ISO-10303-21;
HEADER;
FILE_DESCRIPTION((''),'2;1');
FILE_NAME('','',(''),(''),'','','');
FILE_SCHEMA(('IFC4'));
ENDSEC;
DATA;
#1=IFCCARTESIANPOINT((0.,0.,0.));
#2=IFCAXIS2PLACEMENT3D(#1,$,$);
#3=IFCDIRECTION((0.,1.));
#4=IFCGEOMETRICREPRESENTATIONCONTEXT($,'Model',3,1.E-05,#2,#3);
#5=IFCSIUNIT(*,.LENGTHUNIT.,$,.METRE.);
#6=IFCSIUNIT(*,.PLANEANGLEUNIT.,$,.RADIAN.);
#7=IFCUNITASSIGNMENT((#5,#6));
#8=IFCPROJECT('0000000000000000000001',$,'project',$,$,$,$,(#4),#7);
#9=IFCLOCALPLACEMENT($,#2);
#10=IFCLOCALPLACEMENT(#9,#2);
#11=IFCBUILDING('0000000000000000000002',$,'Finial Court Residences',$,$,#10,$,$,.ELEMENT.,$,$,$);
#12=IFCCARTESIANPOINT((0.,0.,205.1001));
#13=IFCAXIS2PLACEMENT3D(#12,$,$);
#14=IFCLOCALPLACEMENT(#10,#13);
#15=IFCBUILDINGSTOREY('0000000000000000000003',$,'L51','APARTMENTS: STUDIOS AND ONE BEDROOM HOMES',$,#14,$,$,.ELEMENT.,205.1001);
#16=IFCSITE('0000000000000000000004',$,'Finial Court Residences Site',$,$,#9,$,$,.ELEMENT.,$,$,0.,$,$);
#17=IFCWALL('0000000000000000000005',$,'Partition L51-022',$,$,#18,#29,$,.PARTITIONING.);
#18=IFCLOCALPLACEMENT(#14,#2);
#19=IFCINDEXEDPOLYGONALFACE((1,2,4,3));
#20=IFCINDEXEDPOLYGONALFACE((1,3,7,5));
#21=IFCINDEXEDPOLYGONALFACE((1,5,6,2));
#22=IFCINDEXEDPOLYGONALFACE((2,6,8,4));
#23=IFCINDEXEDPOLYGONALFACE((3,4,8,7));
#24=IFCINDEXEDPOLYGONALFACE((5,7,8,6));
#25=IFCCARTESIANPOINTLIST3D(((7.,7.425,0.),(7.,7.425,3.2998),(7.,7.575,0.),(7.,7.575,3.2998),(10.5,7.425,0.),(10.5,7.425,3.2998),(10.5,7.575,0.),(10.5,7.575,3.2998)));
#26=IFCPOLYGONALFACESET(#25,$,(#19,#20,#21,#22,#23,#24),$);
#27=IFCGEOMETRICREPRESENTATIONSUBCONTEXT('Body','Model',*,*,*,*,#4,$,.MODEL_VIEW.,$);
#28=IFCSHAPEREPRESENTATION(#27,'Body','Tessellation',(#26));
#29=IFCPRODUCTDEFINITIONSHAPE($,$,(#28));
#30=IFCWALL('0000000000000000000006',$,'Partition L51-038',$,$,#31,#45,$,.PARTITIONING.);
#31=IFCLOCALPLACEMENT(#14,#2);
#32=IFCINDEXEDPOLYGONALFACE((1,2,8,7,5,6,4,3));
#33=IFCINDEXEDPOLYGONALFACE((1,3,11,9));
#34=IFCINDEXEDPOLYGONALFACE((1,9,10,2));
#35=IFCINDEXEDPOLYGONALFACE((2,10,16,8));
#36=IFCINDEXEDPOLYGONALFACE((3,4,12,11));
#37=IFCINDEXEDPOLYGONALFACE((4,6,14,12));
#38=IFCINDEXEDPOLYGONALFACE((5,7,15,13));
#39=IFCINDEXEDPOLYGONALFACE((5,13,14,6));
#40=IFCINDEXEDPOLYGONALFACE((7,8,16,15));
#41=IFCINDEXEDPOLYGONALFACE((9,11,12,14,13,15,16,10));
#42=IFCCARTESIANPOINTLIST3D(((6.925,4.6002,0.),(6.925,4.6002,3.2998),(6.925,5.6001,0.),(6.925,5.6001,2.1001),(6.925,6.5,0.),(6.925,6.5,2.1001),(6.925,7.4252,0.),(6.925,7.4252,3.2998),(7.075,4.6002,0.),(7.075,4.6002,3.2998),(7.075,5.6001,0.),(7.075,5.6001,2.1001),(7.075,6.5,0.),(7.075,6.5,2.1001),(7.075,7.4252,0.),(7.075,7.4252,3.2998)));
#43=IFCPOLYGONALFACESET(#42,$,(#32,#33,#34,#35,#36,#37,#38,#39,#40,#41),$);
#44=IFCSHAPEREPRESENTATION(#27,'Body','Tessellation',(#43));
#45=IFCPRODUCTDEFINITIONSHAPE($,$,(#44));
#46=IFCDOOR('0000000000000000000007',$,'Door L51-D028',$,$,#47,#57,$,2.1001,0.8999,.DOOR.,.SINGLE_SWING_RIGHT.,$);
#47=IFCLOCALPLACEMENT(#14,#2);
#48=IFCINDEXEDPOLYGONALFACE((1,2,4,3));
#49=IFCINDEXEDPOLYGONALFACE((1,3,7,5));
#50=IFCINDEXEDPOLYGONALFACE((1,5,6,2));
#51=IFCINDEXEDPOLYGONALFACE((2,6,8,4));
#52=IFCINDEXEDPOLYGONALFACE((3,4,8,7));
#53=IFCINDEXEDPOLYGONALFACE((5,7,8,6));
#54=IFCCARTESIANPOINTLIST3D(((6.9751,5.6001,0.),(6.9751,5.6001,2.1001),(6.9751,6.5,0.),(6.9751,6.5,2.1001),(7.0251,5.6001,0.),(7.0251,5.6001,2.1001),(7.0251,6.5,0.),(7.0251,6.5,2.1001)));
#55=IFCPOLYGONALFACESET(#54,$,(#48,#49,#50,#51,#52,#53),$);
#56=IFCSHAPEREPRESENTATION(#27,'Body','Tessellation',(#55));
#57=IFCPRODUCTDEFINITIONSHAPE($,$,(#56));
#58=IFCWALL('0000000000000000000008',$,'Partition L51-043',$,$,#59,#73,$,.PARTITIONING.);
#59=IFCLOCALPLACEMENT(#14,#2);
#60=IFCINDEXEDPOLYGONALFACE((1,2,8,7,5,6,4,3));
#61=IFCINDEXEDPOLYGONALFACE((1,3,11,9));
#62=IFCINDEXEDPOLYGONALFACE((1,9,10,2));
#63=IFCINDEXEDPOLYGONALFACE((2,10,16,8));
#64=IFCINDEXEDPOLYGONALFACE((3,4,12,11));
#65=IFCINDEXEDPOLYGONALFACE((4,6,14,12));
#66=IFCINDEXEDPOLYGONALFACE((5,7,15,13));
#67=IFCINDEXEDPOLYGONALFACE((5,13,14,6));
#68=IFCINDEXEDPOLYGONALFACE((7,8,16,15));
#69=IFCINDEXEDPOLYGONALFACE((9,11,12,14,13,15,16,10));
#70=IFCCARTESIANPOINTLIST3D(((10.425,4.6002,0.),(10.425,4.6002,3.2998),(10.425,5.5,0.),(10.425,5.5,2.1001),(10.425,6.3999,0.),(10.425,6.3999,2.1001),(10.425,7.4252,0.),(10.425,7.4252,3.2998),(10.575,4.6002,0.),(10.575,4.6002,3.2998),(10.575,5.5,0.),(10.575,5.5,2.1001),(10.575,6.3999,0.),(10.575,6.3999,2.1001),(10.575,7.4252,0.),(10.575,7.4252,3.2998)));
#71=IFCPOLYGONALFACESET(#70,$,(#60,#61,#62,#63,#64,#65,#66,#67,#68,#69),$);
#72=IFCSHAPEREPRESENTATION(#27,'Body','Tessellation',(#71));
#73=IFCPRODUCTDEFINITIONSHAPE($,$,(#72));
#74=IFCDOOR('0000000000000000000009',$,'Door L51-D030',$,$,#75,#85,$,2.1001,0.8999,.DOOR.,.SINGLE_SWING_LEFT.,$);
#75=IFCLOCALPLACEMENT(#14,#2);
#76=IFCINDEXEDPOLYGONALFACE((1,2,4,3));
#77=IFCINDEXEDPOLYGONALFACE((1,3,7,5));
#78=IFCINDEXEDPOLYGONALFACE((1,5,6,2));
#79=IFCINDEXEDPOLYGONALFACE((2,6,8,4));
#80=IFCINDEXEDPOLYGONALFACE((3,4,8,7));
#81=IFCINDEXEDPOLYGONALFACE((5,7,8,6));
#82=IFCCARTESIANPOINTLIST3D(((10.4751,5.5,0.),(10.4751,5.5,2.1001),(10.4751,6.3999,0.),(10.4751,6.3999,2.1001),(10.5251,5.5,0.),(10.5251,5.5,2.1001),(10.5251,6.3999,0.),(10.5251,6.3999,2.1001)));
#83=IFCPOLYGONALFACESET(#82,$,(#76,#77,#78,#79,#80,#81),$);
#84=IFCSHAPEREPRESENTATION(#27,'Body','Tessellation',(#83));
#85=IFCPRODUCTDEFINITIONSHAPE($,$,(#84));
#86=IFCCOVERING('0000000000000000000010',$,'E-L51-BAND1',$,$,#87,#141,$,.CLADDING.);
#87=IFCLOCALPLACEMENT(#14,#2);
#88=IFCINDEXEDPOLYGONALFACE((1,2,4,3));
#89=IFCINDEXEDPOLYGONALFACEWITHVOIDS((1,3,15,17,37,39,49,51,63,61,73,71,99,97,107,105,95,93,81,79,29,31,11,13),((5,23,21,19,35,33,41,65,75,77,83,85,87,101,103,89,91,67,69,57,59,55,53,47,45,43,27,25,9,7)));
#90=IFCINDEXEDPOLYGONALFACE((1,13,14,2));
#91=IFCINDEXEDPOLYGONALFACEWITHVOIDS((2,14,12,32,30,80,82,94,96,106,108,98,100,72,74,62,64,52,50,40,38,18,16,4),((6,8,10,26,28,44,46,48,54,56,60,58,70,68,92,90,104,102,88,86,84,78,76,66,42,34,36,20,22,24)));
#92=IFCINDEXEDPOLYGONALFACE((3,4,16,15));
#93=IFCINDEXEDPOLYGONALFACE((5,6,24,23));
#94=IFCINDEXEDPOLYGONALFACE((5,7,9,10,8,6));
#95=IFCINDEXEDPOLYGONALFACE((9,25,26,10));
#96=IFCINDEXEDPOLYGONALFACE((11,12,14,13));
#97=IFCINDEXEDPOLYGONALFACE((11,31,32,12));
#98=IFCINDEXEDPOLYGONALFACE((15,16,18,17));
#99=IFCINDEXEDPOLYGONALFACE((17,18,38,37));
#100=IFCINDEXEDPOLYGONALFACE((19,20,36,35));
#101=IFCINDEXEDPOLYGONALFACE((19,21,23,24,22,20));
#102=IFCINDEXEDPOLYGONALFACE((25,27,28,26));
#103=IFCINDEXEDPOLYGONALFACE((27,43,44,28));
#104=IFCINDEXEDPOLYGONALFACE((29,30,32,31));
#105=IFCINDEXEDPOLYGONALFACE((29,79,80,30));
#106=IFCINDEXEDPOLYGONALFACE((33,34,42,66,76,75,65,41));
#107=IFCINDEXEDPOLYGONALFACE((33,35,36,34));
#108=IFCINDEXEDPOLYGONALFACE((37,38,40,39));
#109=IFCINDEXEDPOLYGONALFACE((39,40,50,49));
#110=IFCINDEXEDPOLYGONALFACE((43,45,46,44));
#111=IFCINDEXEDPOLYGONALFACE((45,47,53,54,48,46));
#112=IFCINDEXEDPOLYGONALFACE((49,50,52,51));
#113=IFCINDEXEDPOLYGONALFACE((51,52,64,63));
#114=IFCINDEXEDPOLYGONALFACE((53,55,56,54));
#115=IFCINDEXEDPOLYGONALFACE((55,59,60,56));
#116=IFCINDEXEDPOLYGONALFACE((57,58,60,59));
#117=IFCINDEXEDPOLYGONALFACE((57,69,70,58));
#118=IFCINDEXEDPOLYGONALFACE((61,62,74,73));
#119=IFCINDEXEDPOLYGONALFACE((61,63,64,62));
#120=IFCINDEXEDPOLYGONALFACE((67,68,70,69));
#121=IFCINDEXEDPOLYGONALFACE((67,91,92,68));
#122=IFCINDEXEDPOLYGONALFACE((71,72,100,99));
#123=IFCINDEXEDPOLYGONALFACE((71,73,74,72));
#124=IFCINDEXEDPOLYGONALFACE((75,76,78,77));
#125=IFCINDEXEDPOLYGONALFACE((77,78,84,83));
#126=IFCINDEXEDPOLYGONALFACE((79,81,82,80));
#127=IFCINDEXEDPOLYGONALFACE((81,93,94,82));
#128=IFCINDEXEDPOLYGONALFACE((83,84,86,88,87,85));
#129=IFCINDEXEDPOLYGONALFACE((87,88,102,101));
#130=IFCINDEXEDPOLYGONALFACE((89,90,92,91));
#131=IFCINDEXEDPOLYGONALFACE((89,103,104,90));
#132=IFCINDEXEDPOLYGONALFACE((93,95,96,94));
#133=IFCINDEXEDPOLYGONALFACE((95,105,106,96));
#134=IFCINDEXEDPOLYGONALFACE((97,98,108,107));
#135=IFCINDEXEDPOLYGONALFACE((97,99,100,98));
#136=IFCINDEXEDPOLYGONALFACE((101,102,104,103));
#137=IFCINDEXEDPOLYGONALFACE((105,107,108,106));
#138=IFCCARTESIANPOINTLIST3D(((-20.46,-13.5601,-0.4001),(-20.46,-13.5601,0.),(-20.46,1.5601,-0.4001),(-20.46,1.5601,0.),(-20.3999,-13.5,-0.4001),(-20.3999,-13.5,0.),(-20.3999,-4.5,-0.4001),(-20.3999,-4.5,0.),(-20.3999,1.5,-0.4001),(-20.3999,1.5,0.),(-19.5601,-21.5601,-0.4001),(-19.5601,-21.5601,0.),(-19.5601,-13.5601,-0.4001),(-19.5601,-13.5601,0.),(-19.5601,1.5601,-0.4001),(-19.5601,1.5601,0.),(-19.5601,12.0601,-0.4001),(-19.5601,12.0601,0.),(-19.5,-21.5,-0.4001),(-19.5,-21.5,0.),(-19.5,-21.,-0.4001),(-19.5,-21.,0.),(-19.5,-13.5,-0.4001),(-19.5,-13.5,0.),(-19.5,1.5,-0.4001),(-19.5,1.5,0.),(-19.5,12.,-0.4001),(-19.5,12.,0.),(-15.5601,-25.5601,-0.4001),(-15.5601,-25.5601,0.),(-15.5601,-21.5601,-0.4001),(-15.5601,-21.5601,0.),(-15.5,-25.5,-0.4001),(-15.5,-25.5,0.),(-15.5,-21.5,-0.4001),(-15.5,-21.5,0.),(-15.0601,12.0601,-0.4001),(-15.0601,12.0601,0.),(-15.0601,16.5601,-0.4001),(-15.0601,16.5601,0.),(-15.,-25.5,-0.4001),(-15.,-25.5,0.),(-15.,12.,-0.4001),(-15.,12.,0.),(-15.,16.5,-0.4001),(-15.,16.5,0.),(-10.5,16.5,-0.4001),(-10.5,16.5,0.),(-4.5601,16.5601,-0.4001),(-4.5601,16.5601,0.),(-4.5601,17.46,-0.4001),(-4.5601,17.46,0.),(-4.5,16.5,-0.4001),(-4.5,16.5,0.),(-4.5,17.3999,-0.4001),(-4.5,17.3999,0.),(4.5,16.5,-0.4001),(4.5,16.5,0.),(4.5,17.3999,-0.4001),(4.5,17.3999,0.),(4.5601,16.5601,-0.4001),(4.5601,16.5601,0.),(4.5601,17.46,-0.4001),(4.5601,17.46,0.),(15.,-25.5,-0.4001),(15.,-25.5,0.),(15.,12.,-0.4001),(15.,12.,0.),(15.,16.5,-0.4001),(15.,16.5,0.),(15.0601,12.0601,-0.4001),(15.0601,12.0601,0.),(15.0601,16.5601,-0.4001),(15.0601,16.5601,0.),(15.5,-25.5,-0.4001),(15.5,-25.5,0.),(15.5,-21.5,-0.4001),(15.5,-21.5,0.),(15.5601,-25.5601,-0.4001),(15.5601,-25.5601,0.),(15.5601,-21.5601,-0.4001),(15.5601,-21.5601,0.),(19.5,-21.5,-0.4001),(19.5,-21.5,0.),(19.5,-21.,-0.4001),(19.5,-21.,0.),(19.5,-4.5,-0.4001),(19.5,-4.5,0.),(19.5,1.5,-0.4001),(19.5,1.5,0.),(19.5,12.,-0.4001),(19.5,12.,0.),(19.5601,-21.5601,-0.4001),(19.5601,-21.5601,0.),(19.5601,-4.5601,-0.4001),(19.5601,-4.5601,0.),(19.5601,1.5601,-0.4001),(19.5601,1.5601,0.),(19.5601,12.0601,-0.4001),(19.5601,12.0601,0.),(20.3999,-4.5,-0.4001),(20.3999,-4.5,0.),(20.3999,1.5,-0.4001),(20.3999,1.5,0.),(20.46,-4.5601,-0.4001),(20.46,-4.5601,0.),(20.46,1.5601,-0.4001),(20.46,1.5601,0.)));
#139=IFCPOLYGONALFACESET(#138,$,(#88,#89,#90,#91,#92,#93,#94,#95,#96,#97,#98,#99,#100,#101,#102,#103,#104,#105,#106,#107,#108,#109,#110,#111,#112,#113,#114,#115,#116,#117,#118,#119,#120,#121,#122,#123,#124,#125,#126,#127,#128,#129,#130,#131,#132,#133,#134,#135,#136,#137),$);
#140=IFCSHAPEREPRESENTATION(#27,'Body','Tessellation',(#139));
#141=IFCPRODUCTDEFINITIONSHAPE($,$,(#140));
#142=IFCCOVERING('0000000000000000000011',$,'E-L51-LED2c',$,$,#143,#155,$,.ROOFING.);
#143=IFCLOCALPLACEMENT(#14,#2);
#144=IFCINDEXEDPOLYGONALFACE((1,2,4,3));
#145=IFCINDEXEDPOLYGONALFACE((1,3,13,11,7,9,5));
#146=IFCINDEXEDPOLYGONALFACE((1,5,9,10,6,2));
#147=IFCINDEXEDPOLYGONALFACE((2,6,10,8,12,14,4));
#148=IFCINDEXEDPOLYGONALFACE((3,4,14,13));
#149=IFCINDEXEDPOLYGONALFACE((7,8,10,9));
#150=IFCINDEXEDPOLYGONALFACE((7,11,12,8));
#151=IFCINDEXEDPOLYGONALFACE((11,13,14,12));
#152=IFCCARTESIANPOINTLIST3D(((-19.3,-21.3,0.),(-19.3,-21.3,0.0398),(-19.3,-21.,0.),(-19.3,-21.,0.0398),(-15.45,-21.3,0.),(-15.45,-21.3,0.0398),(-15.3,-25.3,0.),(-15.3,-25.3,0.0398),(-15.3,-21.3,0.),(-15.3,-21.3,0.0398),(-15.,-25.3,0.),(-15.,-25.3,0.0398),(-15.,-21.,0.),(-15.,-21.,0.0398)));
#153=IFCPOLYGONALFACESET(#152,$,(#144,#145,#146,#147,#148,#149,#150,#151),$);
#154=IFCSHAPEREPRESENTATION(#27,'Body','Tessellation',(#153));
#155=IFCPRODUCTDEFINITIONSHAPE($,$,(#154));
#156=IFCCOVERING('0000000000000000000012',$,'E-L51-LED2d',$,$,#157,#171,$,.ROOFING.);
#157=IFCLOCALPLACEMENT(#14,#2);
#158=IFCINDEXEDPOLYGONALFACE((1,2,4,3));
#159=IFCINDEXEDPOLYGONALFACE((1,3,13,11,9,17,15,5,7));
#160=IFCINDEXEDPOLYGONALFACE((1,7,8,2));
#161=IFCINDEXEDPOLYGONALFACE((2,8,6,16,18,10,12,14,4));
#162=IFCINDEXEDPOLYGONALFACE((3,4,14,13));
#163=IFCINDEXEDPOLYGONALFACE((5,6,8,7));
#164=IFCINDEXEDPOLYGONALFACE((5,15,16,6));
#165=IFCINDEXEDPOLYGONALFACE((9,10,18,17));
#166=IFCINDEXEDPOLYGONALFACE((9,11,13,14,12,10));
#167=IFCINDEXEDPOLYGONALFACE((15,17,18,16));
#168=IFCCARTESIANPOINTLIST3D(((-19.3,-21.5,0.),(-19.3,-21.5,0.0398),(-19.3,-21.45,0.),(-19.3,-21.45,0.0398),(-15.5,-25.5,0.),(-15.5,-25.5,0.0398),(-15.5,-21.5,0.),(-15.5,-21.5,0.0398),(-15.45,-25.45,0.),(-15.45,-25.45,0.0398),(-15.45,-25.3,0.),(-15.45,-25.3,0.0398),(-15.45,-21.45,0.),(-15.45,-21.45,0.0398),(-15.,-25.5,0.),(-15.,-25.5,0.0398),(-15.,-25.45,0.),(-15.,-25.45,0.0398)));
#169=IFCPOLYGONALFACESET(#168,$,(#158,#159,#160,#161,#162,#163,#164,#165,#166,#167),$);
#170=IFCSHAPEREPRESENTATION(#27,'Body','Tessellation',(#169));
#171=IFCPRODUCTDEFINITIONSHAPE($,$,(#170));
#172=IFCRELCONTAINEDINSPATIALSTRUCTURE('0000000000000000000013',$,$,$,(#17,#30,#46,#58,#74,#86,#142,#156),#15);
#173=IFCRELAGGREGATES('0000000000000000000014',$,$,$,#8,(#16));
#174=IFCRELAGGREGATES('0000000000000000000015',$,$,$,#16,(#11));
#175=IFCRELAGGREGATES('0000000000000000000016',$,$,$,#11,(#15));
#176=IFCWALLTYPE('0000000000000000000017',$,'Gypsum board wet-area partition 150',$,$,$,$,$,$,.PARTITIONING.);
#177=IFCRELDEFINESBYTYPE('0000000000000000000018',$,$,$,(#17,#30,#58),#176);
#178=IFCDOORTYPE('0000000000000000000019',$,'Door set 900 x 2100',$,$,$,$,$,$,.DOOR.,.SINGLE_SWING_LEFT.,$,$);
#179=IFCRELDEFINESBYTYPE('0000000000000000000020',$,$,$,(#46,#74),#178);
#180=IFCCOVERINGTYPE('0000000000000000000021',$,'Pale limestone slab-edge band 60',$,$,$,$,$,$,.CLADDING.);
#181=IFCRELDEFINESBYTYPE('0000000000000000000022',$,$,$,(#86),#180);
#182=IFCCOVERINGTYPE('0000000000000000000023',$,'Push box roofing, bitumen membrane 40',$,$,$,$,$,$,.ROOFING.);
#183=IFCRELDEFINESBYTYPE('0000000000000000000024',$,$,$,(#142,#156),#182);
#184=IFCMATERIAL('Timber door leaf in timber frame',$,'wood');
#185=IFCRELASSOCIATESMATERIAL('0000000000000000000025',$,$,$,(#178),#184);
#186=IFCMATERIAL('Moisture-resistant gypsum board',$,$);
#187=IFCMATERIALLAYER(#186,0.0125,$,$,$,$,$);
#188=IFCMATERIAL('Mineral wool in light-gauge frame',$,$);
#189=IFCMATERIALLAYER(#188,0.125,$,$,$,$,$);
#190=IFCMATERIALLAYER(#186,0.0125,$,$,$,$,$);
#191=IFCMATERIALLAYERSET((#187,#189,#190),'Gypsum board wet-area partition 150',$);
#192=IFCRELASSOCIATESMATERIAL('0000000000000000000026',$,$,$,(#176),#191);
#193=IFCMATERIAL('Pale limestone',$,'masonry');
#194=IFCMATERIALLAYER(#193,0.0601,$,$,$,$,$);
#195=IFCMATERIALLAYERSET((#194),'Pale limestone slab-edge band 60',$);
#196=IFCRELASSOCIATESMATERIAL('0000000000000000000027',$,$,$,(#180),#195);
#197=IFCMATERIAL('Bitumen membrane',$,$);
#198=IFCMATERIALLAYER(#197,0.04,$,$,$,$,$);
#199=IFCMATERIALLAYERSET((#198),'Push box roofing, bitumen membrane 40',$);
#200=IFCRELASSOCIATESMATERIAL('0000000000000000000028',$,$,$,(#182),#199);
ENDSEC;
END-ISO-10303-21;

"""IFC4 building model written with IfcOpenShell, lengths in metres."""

from ifc_helpers import new_model, si_unit, direction, frame, frame_2d, origin, place, context, subcontext, project, spatial, polyline, rectangle, outline, extrude, material, layer, layer_set, type_object, element, fill, save


model = new_model("IFC4")

# Units and contexts
model_context = context("Model", 3, precision=1e-05, world=origin(), true_north=direction((0.0, 1.0)))
body_context = subcontext(model_context, "Body", "Model", "MODEL_VIEW")
ifc_project = project(units=[si_unit("LENGTHUNIT", "METRE"), si_unit("PLANEANGLEUNIT", "RADIAN")], contexts=[model_context])

# Site, building, storey
site_placement = place(None, origin())
site = spatial("IfcSite", under=ifc_project, at=site_placement, Name="Finial Court Residences Site", CompositionType="ELEMENT", RefElevation=0.0)
building_placement = place(site_placement, origin())
building = spatial("IfcBuilding", under=site, at=building_placement, Name="Finial Court Residences", CompositionType="ELEMENT")
storey_placement = place(building_placement, frame((0.0, 0.0, 205.1001)))
storey = spatial("IfcBuildingStorey", under=building, at=storey_placement, Name="L51", Description="APARTMENTS: STUDIOS AND ONE BEDROOM HOMES", CompositionType="ELEMENT", Elevation=205.1001)

# Shared definitions
ifc_material_1 = material(Name="Mineral wool in light-gauge frame")

# Shared definitions
ifc_material_2 = material(Name="Timber door leaf in timber frame", Category="wood")
door_type = type_object("IfcDoorType", Name="Door set 900 x 2100", OperationType="SINGLE_SWING_LEFT", PredefinedType="DOOR", material=ifc_material_2)
ifc_material_3 = material(Name="Moisture-resistant gypsum board")
ifc_layer_1 = layer(ifc_material_3, 0.0125)
ifc_layer_2 = layer(ifc_material_1, 0.125)
ifc_layer_3 = layer(ifc_material_3, 0.0125)
ifc_layer_set_1 = layer_set([ifc_layer_1, ifc_layer_2, ifc_layer_3], Name="Gypsum board wet-area partition 150")
wall_type_1 = type_object("IfcWallType", Name="Gypsum board wet-area partition 150", PredefinedType="PARTITIONING", material=ifc_layer_set_1)

# Wall
wall_1_placement = place(storey_placement, frame((7.0, 7.5, 0.0), z_axis=(0.0, 0.0, 1.0), x_axis=(1.0, 0.0, 0.0)))
element("IfcWall", 1, at=wall_1_placement, inside=storey, type_object=wall_type_1, Name="Partition L51-022", PredefinedType="PARTITIONING", context=body_context, shape_type="SweptSolid", body=[
    extrude(rectangle(XDim=3.5, YDim=0.1499, at=frame_2d((1.75, 0.0))), origin(), (0.0, 0.0, 1.0), 3.2998),
])

# Walls, openings, doors
wall_2_placement = place(storey_placement, frame((7.0, 4.6001, 0.0), z_axis=(0.0, 0.0, 1.0), x_axis=(0.0, 1.0, 0.0)))
wall_2 = element("IfcWall", 2, at=wall_2_placement, inside=storey, type_object=wall_type_1, Name="Partition L51-038", PredefinedType="PARTITIONING", context=body_context, shape_type="SweptSolid", body=[
    extrude(rectangle(XDim=2.825, YDim=0.1499, at=frame_2d((1.4126, 0.0))), origin(), (0.0, 0.0, 1.0), 3.2998),
])
opening_1_placement = place(wall_2_placement, frame((1.0, 0.0, 0.0)))
opening_1 = element("IfcOpeningElement", 3, at=opening_1_placement, cuts=wall_2, PredefinedType="OPENING", context=body_context, shape_type="SweptSolid", body=[
    extrude(rectangle(XDim=0.8999, YDim=2.1001, at=frame_2d((0.45, 1.05))), frame((0.0, 0.085, 0.0), z_axis=(0.0, -1.0, 0.0), x_axis=(1.0, 0.0, 0.0)), (0.0, 0.0, 1.0), 0.1699),
])
door_1_placement = place(opening_1_placement, origin())
door_1 = element("IfcDoor", 4, at=door_1_placement, inside=storey, type_object=door_type, Name="Door L51-D028", OperationType="SINGLE_SWING_RIGHT", OverallHeight=2.1001, OverallWidth=0.8999, PredefinedType="DOOR", context=body_context, shape_type="SweptSolid", body=[
    extrude(rectangle(XDim=0.8999, YDim=2.1001, at=frame_2d((0.45, 1.05))), frame((0.0, 0.0249, 0.0), z_axis=(0.0, -1.0, 0.0), x_axis=(1.0, 0.0, 0.0)), (0.0, 0.0, 1.0), 0.05),
])
fill(opening_1, door_1)
wall_3_placement = place(storey_placement, frame((10.5, 4.6001, 0.0), z_axis=(0.0, 0.0, 1.0), x_axis=(0.0, 1.0, 0.0)))
wall_3 = element("IfcWall", 5, at=wall_3_placement, inside=storey, type_object=wall_type_1, Name="Partition L51-043", PredefinedType="PARTITIONING", context=body_context, shape_type="SweptSolid", body=[
    extrude(rectangle(XDim=2.825, YDim=0.1499, at=frame_2d((1.4126, 0.0))), origin(), (0.0, 0.0, 1.0), 3.2998),
])
opening_2_placement = place(wall_3_placement, frame((0.8999, 0.0, 0.0)))
opening_2 = element("IfcOpeningElement", 6, at=opening_2_placement, cuts=wall_3, PredefinedType="OPENING", context=body_context, shape_type="SweptSolid", body=[
    extrude(rectangle(XDim=0.8999, YDim=2.1001, at=frame_2d((0.45, 1.05))), frame((0.0, 0.085, 0.0), z_axis=(0.0, -1.0, 0.0), x_axis=(1.0, 0.0, 0.0)), (0.0, 0.0, 1.0), 0.1699),
])
door_2_placement = place(opening_2_placement, origin())
door_2 = element("IfcDoor", 7, at=door_2_placement, inside=storey, type_object=door_type, Name="Door L51-D030", OperationType="SINGLE_SWING_LEFT", OverallHeight=2.1001, OverallWidth=0.8999, PredefinedType="DOOR", context=body_context, shape_type="SweptSolid", body=[
    extrude(rectangle(XDim=0.8999, YDim=2.1001, at=frame_2d((0.45, 1.05))), frame((0.0, 0.0249, 0.0), z_axis=(0.0, -1.0, 0.0), x_axis=(1.0, 0.0, 0.0)), (0.0, 0.0, 1.0), 0.05),
])
fill(opening_2, door_2)

# Coverings
ifc_material_4 = material(Name="Pale limestone", Category="masonry")
ifc_layer_4 = layer(ifc_material_4, 0.0601)
ifc_layer_set_2 = layer_set([ifc_layer_4], Name="Pale limestone slab-edge band 60")
covering_type_1 = type_object("IfcCoveringType", Name="Pale limestone slab-edge band 60", PredefinedType="CLADDING", material=ifc_layer_set_2)
covering_1_placement = place(storey_placement, frame((0.0, 0.0, -0.4001)))
element("IfcCovering", 8, at=covering_1_placement, inside=storey, type_object=covering_type_1, Name="E-L51-BAND1", PredefinedType="CLADDING", context=body_context, shape_type="SweptSolid", body=[
    extrude(outline(polyline([(-20.46, -13.5601), (-20.46, 1.5601), (-19.5601, 1.5601), (-19.5601, 12.0601), (-15.0601, 12.0601), (-15.0601, 16.5601), (-4.5601, 16.5601), (-4.5601, 17.46), (4.5601, 17.46), (4.5601, 16.5601), (15.0601, 16.5601), (15.0601, 12.0601), (19.5601, 12.0601), (19.5601, 1.5601), (20.46, 1.5601), (20.46, -4.5601), (19.5601, -4.5601), (19.5601, -21.5601), (15.5601, -21.5601), (15.5601, -25.5601), (-15.5601, -25.5601), (-15.5601, -21.5601), (-19.5601, -21.5601), (-19.5601, -13.5601), (-20.46, -13.5601)]), holes=[polyline([(-19.5, -21.5), (-15.5, -21.5), (-15.5, -25.5), (-15.0, -25.5), (15.0, -25.5), (15.5, -25.5), (15.5, -21.5), (19.5, -21.5), (19.5, -21.0), (19.5, -4.5), (20.3999, -4.5), (20.3999, 1.5), (19.5, 1.5), (19.5, 12.0), (15.0, 12.0), (15.0, 16.5), (4.5, 16.5), (4.5, 17.3999), (-4.5, 17.3999), (-4.5, 16.5), (-10.5, 16.5), (-15.0, 16.5), (-15.0, 12.0), (-19.5, 12.0), (-19.5, 1.5), (-20.3999, 1.5), (-20.3999, -4.5), (-20.3999, -13.5), (-19.5, -13.5), (-19.5, -21.0), (-19.5, -21.5)])]), origin(), (0.0, 0.0, 1.0), 0.4001),
])
ifc_material_5 = material(Name="Bitumen membrane")
ifc_layer_5 = layer(ifc_material_5, 0.04)
ifc_layer_set_3 = layer_set([ifc_layer_5], Name="Push box roofing, bitumen membrane 40")
covering_type_2 = type_object("IfcCoveringType", Name="Push box roofing, bitumen membrane 40", PredefinedType="ROOFING", material=ifc_layer_set_3)
covering_2_placement = place(storey_placement, origin())
element("IfcCovering", 9, at=covering_2_placement, inside=storey, type_object=covering_type_2, Name="E-L51-LED2c", PredefinedType="ROOFING", context=body_context, shape_type="SweptSolid", body=[
    extrude(outline(polyline([(-15.0, -21.0), (-15.0, -25.3), (-15.3, -25.3), (-15.3, -21.3), (-15.45, -21.3), (-19.3, -21.3), (-19.3, -21.0), (-15.0, -21.0)])), origin(), (0.0, 0.0, 1.0), 0.0398),
])
covering_3_placement = place(storey_placement, origin())
element("IfcCovering", 10, at=covering_3_placement, inside=storey, type_object=covering_type_2, Name="E-L51-LED2d", PredefinedType="ROOFING", context=body_context, shape_type="SweptSolid", body=[
    extrude(outline(polyline([(-15.0, -25.5), (-15.5, -25.5), (-15.5, -21.5), (-19.3, -21.5), (-19.3, -21.45), (-15.45, -21.45), (-15.45, -25.3), (-15.45, -25.45), (-15.0, -25.45), (-15.0, -25.5)])), origin(), (0.0, 0.0, 1.0), 0.0398),
])

save(model, "model.ifc")
